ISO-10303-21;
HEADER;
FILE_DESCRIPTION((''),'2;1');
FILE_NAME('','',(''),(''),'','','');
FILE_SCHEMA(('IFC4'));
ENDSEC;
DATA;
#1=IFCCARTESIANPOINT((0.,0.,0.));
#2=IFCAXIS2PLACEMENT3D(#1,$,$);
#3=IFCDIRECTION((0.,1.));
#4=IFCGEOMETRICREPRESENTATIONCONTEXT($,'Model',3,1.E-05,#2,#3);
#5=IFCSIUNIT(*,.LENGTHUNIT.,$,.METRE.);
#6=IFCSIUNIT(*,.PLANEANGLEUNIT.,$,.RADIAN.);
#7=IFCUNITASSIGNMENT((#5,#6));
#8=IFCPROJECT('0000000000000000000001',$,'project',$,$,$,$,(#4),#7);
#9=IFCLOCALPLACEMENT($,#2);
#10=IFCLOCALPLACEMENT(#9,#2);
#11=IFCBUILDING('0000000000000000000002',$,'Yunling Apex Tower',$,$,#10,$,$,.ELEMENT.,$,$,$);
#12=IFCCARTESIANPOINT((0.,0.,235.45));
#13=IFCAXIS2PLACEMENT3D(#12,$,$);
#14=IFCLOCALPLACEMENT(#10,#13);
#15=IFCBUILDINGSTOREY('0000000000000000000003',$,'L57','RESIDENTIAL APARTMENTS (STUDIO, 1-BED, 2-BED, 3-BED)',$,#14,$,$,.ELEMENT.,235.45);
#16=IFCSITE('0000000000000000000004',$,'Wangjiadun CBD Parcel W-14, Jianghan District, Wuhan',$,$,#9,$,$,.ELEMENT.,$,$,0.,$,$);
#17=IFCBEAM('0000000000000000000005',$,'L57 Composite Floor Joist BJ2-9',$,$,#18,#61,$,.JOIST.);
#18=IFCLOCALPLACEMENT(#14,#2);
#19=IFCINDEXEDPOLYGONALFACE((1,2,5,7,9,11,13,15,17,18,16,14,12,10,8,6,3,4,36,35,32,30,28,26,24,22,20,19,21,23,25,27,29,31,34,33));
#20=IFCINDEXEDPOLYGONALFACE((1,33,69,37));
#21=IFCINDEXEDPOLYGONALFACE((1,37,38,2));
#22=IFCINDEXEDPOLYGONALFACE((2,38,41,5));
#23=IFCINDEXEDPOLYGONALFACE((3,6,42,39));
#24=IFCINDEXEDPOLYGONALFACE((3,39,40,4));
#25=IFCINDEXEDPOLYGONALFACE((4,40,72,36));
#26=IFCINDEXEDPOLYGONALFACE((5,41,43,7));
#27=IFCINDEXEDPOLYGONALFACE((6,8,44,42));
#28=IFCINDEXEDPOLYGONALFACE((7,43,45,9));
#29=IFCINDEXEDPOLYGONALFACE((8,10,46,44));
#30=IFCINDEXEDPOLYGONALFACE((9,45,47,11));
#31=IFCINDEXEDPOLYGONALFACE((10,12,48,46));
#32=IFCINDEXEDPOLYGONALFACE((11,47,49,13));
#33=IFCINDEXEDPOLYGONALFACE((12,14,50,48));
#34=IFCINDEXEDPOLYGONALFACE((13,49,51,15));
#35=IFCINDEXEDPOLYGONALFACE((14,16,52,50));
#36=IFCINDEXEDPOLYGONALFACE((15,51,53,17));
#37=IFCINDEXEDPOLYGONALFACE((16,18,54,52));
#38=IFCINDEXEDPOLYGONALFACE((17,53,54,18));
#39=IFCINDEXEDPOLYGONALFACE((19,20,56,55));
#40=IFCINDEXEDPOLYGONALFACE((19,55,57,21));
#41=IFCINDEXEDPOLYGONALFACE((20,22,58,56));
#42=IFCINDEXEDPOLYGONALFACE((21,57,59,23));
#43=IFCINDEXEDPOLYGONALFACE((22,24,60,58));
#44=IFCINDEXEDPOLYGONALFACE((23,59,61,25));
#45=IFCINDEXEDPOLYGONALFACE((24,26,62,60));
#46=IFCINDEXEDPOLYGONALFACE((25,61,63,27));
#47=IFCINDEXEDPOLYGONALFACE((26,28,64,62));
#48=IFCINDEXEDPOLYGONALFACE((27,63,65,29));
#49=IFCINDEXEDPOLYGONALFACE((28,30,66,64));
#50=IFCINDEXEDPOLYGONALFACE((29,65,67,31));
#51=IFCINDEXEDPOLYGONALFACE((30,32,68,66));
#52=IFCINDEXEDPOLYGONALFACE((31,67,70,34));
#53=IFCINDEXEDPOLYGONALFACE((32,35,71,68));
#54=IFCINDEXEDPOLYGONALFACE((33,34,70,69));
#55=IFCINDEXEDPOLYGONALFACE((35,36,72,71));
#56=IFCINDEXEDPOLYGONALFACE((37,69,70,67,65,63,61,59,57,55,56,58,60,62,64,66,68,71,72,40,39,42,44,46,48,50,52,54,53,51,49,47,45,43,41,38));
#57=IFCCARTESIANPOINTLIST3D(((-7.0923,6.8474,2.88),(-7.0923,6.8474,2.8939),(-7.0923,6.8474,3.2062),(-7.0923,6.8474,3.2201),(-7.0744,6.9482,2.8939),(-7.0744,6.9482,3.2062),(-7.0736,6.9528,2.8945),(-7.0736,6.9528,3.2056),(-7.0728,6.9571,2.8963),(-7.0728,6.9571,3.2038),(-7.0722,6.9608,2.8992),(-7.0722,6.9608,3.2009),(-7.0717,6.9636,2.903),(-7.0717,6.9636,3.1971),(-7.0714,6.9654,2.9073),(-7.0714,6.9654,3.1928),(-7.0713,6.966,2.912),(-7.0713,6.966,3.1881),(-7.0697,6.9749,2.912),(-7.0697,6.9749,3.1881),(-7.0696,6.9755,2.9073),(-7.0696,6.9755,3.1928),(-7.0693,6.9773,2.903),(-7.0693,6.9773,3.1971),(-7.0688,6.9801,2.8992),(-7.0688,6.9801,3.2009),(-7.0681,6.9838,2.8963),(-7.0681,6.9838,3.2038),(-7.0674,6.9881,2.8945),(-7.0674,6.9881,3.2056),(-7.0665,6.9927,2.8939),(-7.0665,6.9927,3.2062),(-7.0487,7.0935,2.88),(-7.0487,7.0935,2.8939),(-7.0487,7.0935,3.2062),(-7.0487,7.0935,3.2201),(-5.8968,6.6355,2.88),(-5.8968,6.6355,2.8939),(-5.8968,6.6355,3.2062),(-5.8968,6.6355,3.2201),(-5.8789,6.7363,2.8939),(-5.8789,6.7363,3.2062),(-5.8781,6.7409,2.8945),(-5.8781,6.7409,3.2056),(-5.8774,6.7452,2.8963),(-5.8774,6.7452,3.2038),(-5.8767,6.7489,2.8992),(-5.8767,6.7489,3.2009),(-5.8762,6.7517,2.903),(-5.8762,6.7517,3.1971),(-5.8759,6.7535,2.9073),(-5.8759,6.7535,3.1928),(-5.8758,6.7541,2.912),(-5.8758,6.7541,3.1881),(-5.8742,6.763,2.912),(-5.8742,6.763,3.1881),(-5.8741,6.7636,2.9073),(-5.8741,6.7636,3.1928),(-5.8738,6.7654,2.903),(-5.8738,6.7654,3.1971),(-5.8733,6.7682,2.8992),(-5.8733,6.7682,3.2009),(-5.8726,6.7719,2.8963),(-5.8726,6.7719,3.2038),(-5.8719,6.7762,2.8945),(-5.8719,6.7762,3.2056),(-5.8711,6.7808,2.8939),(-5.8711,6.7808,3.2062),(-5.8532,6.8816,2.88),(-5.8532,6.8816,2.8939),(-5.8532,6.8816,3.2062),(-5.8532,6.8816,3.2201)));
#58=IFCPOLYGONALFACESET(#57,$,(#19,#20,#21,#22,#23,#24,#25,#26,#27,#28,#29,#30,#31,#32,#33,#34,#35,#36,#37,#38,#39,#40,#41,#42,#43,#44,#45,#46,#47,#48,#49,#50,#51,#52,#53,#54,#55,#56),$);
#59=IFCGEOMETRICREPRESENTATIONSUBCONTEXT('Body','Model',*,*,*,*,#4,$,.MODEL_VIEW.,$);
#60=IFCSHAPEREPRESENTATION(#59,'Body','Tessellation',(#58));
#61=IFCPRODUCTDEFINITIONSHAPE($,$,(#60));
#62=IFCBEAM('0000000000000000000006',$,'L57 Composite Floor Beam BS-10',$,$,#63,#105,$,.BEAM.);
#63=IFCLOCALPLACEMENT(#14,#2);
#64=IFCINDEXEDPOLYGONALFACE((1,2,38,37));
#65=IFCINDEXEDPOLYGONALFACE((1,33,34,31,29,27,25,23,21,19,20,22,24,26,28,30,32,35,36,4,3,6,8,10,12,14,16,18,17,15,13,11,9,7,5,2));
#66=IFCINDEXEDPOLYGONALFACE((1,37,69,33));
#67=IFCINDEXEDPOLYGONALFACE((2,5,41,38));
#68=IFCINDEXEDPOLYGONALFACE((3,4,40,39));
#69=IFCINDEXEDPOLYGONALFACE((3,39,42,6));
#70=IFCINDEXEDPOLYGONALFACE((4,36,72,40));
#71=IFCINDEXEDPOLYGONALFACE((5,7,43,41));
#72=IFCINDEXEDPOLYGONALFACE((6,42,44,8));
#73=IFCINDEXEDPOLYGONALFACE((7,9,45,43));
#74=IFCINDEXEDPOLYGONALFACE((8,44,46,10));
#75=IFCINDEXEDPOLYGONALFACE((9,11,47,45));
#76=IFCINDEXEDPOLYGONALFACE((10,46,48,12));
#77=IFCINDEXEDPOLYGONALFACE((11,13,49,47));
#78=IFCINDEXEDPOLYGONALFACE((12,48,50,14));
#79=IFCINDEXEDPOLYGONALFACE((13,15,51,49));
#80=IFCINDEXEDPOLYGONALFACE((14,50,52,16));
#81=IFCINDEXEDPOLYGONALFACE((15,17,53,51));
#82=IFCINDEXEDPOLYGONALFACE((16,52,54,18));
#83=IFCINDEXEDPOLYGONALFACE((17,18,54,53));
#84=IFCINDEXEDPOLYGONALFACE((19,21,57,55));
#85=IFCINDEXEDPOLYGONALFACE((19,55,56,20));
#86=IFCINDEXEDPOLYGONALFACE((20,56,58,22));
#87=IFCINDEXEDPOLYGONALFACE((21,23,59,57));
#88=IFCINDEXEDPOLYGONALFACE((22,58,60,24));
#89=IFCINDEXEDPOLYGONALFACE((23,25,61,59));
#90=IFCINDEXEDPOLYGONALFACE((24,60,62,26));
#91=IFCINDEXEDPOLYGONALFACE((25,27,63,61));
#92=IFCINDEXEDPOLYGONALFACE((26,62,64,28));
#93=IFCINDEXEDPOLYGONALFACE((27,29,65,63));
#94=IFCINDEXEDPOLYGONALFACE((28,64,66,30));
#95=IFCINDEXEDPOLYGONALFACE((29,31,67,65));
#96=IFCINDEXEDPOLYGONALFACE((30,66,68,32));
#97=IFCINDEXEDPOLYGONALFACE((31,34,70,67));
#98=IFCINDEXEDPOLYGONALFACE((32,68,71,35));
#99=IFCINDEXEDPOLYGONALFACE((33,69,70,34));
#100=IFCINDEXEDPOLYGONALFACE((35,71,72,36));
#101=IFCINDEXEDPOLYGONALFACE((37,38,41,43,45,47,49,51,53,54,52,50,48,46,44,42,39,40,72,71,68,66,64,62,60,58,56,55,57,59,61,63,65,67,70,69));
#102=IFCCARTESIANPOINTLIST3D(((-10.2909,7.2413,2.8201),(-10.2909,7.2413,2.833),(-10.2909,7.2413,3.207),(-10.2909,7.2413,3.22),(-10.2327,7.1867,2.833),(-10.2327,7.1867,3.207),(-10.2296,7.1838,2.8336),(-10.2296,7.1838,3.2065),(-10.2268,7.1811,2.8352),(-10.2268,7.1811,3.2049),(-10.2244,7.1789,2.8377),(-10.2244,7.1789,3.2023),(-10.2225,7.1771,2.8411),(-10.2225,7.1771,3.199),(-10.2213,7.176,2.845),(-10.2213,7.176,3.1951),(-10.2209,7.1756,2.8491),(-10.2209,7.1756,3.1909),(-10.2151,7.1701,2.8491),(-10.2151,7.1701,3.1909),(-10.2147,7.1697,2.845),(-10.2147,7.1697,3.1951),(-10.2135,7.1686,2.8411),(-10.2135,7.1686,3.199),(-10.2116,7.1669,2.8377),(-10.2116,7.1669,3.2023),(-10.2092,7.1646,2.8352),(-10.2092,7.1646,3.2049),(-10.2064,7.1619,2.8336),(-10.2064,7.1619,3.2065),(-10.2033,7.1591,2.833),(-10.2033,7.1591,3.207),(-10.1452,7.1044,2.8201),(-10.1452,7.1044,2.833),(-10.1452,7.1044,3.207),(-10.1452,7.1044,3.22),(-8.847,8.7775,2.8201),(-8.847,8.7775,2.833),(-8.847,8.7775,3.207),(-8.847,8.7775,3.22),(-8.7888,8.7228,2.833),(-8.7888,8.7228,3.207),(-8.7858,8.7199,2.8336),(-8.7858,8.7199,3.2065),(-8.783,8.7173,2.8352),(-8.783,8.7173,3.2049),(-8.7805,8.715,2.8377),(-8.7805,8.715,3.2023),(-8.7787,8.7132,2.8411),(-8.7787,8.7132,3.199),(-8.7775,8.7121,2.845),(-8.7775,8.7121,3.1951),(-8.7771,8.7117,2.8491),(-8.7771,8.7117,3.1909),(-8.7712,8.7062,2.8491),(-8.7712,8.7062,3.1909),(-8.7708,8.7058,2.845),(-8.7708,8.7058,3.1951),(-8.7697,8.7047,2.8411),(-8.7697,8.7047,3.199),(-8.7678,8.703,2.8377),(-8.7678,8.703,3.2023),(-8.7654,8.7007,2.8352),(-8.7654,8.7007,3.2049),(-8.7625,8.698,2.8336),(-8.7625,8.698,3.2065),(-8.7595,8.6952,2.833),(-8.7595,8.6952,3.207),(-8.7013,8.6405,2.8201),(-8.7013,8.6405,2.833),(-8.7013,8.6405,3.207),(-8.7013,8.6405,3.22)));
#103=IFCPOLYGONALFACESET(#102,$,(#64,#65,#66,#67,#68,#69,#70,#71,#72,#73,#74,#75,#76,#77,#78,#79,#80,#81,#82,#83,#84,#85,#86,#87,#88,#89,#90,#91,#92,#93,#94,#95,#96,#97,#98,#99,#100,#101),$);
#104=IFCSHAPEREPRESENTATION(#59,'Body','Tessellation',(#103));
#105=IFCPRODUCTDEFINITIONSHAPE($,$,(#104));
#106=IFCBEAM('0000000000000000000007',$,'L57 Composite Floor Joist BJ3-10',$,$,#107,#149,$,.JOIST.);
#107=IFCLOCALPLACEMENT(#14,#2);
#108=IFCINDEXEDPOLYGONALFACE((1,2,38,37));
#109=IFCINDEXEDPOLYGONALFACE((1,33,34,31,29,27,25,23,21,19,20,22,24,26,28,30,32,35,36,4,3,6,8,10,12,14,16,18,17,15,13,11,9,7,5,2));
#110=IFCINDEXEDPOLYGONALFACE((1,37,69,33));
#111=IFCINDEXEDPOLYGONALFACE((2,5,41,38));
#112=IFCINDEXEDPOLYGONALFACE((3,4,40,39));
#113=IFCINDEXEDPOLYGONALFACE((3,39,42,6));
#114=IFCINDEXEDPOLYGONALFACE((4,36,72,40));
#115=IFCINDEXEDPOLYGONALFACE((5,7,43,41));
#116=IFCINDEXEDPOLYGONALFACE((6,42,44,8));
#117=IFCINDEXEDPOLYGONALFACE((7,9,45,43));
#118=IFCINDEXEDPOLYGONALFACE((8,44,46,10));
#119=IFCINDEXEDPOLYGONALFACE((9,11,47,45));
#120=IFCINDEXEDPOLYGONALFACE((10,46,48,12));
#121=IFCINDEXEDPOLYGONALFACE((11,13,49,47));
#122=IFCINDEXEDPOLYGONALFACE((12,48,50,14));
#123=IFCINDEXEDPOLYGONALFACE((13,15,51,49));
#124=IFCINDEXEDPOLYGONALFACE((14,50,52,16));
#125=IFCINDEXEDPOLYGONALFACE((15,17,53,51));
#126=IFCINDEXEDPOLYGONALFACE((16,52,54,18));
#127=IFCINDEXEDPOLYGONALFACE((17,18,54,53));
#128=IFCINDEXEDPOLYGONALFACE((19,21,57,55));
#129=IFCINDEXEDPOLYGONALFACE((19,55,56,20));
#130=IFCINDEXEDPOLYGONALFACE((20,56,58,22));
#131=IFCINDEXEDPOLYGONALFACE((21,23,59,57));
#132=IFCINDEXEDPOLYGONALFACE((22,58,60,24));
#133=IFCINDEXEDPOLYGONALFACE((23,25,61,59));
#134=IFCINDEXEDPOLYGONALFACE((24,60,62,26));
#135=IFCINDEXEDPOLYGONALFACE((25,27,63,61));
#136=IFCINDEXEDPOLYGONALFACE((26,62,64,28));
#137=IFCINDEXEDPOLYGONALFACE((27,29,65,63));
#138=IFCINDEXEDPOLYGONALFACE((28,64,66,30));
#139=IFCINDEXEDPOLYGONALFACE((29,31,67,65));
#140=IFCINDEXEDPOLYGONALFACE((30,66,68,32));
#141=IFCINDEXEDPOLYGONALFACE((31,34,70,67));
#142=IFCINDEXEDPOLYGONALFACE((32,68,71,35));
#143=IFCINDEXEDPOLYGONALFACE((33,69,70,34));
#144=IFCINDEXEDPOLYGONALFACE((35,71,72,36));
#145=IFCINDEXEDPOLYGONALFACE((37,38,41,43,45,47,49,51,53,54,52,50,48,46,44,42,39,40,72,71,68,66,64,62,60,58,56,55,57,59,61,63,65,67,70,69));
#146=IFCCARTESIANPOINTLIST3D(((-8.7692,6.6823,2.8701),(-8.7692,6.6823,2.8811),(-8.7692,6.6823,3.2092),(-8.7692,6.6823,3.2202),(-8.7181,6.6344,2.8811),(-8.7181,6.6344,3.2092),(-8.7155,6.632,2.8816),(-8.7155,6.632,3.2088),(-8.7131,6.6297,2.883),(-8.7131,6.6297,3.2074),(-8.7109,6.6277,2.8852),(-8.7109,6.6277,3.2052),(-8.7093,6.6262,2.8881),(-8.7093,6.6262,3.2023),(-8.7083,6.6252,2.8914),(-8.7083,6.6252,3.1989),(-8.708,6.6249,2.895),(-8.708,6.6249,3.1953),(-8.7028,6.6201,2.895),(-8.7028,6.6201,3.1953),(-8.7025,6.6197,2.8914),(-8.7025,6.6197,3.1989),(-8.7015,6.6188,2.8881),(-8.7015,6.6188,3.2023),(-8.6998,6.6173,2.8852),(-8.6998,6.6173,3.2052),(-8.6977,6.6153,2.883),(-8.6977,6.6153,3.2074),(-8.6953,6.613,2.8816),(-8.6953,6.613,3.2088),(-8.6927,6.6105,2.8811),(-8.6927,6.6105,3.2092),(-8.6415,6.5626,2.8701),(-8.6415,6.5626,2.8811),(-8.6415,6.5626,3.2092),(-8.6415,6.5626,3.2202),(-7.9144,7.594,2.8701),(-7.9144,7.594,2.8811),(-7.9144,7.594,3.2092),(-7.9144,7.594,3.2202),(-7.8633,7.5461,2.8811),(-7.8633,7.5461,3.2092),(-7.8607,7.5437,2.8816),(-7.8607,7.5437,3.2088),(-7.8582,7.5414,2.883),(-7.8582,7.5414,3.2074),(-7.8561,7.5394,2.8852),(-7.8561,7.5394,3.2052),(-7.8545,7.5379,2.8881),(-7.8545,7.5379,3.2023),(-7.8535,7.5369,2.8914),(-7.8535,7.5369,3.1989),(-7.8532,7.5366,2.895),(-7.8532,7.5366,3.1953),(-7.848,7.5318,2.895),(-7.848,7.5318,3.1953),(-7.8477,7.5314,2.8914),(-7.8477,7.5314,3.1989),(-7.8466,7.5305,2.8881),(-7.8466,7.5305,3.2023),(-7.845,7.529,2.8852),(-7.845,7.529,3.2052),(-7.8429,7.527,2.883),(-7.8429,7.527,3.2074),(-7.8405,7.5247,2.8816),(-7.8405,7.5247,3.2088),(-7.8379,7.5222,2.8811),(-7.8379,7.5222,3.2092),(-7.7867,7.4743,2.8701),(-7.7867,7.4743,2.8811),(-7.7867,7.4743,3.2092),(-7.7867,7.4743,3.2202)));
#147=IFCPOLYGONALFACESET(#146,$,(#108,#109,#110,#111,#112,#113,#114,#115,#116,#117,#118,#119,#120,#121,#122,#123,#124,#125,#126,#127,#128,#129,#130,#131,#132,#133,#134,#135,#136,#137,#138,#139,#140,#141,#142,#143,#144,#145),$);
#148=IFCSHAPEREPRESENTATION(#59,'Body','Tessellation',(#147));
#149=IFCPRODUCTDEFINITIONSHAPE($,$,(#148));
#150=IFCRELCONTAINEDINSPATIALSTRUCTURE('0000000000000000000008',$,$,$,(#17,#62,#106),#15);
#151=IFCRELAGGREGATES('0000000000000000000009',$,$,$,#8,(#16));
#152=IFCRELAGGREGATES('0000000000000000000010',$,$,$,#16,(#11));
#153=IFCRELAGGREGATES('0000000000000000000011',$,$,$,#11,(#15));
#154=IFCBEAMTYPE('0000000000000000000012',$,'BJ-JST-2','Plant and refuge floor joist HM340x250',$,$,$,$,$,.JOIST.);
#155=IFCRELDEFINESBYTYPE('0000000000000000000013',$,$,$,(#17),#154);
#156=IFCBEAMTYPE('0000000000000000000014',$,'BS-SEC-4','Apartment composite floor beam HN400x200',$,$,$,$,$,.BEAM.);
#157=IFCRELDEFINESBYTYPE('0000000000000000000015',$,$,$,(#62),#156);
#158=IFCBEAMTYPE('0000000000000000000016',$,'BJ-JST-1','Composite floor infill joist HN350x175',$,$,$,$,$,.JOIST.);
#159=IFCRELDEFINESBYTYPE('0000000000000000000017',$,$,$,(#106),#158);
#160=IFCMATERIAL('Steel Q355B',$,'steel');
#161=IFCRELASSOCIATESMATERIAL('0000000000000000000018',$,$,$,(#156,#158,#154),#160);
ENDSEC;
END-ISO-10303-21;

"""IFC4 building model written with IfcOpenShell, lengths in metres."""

from ifc_helpers import new_model, si_unit, direction, frame, origin, origin_2d, place, context, subcontext, project, spatial, i_section, extrude, source, transform, mapped, material, material_profile, profile_set, type_object, element, save


model = new_model("IFC4")

# Units and contexts
model_context = context("Model", 3, precision=1e-05, world=origin(), true_north=direction((0.0, 1.0)))
body_context = subcontext(model_context, "Body", "Model", "MODEL_VIEW")
ifc_project = project(units=[si_unit("LENGTHUNIT", "METRE"), si_unit("PLANEANGLEUNIT", "RADIAN")], contexts=[model_context])

# Site, building, storey
site_placement = place(None, origin())
site = spatial("IfcSite", under=ifc_project, at=site_placement, Name="Wangjiadun CBD Parcel W-14, Jianghan District, Wuhan", CompositionType="ELEMENT", RefElevation=0.0)
building_placement = place(site_placement, origin())
building = spatial("IfcBuilding", under=site, at=building_placement, Name="Yunling Apex Tower", CompositionType="ELEMENT")
storey_placement = place(building_placement, frame((0.0, 0.0, 235.45)))
storey = spatial("IfcBuildingStorey", under=building, at=storey_placement, Name="L57", Description="RESIDENTIAL APARTMENTS (STUDIO, 1-BED, 2-BED, 3-BED)", CompositionType="ELEMENT", Elevation=235.45)

# Beams
ifc_material_1 = material(Name="Steel Q355B", Category="steel")
ifc_material_profile_1 = material_profile(ifc_material_1, i_section(OverallWidth=0.2, OverallDepth=0.3999, WebThickness=0.0081, FlangeThickness=0.0129, FilletRadius=0.0161, at=origin_2d()))
ifc_profile_set_1 = profile_set([ifc_material_profile_1], Name="Steel Q355B")
beam_type_1 = type_object("IfcBeamType", Name="BS-SEC-4", Description="Apartment composite floor beam HN400x200", PredefinedType="BEAM", material=ifc_profile_set_1)
ifc_material_profile_2 = material_profile(ifc_material_1, i_section(OverallWidth=0.175, OverallDepth=0.3501, WebThickness=0.0071, FlangeThickness=0.011, FilletRadius=0.0139, at=origin_2d()))
ifc_profile_set_2 = profile_set([ifc_material_profile_2], Name="Steel Q355B")
beam_type_2 = type_object("IfcBeamType", Name="BJ-JST-1", Description="Composite floor infill joist HN350x175", PredefinedType="JOIST", material=ifc_profile_set_2)
ifc_material_profile_3 = material_profile(ifc_material_1, i_section(OverallWidth=0.25, OverallDepth=0.3401, WebThickness=0.009, FlangeThickness=0.0139, FilletRadius=0.0181, at=origin_2d()))
ifc_profile_set_3 = profile_set([ifc_material_profile_3], Name="Steel Q355B")
beam_type_3 = type_object("IfcBeamType", Name="BJ-JST-2", Description="Plant and refuge floor joist HM340x250", PredefinedType="JOIST", material=ifc_profile_set_3)
shared_shape_1 = source(origin(), body_context, "Body", "SweptSolid", [
    extrude(i_section(OverallWidth=0.25, OverallDepth=0.3401, WebThickness=0.009, FlangeThickness=0.0139, FilletRadius=0.0181, at=origin_2d()), origin(), (0.0, 0.0, 1.0), 1.2141),
])
beam_1_placement = place(storey_placement, frame((-5.875, 6.7585, 3.05), z_axis=(-0.984652, 0.174531, 0.0), x_axis=(-0.174531, -0.984652, 0.0)))
element("IfcBeam", 1, at=beam_1_placement, inside=storey, type_object=beam_type_3, Name="L57 Composite Floor Joist BJ2-9", PredefinedType="JOIST", context=body_context, shape_type="MappedRepresentation", body=[
    mapped(shared_shape_1, transform((0.0, 0.0, 0.0), scale=1.0)),
])
shared_shape_2 = source(origin(), body_context, "Body", "SweptSolid", [
    extrude(i_section(OverallWidth=0.2, OverallDepth=0.3999, WebThickness=0.0081, FlangeThickness=0.0129, FilletRadius=0.0161, at=origin_2d()), origin(), (0.0, 0.0, 1.0), 2.1082),
])
beam_2_placement = place(storey_placement, frame((-8.7742, 8.709, 3.02), z_axis=(-0.68488, -0.728655, 0.0), x_axis=(0.728655, -0.68488, 0.0)))
element("IfcBeam", 2, at=beam_2_placement, inside=storey, type_object=beam_type_1, Name="L57 Composite Floor Beam BS-10", PredefinedType="BEAM", context=body_context, shape_type="MappedRepresentation", body=[
    mapped(shared_shape_2, transform((0.0, 0.0, 0.0), scale=1.0)),
])
shared_shape_3 = source(origin(), body_context, "Body", "SweptSolid", [
    extrude(i_section(OverallWidth=0.175, OverallDepth=0.3501, WebThickness=0.0071, FlangeThickness=0.011, FilletRadius=0.0139, at=origin_2d()), origin(), (0.0, 0.0, 1.0), 1.2498),
])
beam_3_placement = place(storey_placement, frame((-7.8506, 7.5342, 3.0452), z_axis=(-0.68398, -0.729501, 0.0), x_axis=(0.729501, -0.68398, 0.0)))
element("IfcBeam", 3, at=beam_3_placement, inside=storey, type_object=beam_type_2, Name="L57 Composite Floor Joist BJ3-10", PredefinedType="JOIST", context=body_context, shape_type="MappedRepresentation", body=[
    mapped(shared_shape_3, transform((0.0, 0.0, 0.0), scale=1.0)),
])

save(model, "model.ifc")
